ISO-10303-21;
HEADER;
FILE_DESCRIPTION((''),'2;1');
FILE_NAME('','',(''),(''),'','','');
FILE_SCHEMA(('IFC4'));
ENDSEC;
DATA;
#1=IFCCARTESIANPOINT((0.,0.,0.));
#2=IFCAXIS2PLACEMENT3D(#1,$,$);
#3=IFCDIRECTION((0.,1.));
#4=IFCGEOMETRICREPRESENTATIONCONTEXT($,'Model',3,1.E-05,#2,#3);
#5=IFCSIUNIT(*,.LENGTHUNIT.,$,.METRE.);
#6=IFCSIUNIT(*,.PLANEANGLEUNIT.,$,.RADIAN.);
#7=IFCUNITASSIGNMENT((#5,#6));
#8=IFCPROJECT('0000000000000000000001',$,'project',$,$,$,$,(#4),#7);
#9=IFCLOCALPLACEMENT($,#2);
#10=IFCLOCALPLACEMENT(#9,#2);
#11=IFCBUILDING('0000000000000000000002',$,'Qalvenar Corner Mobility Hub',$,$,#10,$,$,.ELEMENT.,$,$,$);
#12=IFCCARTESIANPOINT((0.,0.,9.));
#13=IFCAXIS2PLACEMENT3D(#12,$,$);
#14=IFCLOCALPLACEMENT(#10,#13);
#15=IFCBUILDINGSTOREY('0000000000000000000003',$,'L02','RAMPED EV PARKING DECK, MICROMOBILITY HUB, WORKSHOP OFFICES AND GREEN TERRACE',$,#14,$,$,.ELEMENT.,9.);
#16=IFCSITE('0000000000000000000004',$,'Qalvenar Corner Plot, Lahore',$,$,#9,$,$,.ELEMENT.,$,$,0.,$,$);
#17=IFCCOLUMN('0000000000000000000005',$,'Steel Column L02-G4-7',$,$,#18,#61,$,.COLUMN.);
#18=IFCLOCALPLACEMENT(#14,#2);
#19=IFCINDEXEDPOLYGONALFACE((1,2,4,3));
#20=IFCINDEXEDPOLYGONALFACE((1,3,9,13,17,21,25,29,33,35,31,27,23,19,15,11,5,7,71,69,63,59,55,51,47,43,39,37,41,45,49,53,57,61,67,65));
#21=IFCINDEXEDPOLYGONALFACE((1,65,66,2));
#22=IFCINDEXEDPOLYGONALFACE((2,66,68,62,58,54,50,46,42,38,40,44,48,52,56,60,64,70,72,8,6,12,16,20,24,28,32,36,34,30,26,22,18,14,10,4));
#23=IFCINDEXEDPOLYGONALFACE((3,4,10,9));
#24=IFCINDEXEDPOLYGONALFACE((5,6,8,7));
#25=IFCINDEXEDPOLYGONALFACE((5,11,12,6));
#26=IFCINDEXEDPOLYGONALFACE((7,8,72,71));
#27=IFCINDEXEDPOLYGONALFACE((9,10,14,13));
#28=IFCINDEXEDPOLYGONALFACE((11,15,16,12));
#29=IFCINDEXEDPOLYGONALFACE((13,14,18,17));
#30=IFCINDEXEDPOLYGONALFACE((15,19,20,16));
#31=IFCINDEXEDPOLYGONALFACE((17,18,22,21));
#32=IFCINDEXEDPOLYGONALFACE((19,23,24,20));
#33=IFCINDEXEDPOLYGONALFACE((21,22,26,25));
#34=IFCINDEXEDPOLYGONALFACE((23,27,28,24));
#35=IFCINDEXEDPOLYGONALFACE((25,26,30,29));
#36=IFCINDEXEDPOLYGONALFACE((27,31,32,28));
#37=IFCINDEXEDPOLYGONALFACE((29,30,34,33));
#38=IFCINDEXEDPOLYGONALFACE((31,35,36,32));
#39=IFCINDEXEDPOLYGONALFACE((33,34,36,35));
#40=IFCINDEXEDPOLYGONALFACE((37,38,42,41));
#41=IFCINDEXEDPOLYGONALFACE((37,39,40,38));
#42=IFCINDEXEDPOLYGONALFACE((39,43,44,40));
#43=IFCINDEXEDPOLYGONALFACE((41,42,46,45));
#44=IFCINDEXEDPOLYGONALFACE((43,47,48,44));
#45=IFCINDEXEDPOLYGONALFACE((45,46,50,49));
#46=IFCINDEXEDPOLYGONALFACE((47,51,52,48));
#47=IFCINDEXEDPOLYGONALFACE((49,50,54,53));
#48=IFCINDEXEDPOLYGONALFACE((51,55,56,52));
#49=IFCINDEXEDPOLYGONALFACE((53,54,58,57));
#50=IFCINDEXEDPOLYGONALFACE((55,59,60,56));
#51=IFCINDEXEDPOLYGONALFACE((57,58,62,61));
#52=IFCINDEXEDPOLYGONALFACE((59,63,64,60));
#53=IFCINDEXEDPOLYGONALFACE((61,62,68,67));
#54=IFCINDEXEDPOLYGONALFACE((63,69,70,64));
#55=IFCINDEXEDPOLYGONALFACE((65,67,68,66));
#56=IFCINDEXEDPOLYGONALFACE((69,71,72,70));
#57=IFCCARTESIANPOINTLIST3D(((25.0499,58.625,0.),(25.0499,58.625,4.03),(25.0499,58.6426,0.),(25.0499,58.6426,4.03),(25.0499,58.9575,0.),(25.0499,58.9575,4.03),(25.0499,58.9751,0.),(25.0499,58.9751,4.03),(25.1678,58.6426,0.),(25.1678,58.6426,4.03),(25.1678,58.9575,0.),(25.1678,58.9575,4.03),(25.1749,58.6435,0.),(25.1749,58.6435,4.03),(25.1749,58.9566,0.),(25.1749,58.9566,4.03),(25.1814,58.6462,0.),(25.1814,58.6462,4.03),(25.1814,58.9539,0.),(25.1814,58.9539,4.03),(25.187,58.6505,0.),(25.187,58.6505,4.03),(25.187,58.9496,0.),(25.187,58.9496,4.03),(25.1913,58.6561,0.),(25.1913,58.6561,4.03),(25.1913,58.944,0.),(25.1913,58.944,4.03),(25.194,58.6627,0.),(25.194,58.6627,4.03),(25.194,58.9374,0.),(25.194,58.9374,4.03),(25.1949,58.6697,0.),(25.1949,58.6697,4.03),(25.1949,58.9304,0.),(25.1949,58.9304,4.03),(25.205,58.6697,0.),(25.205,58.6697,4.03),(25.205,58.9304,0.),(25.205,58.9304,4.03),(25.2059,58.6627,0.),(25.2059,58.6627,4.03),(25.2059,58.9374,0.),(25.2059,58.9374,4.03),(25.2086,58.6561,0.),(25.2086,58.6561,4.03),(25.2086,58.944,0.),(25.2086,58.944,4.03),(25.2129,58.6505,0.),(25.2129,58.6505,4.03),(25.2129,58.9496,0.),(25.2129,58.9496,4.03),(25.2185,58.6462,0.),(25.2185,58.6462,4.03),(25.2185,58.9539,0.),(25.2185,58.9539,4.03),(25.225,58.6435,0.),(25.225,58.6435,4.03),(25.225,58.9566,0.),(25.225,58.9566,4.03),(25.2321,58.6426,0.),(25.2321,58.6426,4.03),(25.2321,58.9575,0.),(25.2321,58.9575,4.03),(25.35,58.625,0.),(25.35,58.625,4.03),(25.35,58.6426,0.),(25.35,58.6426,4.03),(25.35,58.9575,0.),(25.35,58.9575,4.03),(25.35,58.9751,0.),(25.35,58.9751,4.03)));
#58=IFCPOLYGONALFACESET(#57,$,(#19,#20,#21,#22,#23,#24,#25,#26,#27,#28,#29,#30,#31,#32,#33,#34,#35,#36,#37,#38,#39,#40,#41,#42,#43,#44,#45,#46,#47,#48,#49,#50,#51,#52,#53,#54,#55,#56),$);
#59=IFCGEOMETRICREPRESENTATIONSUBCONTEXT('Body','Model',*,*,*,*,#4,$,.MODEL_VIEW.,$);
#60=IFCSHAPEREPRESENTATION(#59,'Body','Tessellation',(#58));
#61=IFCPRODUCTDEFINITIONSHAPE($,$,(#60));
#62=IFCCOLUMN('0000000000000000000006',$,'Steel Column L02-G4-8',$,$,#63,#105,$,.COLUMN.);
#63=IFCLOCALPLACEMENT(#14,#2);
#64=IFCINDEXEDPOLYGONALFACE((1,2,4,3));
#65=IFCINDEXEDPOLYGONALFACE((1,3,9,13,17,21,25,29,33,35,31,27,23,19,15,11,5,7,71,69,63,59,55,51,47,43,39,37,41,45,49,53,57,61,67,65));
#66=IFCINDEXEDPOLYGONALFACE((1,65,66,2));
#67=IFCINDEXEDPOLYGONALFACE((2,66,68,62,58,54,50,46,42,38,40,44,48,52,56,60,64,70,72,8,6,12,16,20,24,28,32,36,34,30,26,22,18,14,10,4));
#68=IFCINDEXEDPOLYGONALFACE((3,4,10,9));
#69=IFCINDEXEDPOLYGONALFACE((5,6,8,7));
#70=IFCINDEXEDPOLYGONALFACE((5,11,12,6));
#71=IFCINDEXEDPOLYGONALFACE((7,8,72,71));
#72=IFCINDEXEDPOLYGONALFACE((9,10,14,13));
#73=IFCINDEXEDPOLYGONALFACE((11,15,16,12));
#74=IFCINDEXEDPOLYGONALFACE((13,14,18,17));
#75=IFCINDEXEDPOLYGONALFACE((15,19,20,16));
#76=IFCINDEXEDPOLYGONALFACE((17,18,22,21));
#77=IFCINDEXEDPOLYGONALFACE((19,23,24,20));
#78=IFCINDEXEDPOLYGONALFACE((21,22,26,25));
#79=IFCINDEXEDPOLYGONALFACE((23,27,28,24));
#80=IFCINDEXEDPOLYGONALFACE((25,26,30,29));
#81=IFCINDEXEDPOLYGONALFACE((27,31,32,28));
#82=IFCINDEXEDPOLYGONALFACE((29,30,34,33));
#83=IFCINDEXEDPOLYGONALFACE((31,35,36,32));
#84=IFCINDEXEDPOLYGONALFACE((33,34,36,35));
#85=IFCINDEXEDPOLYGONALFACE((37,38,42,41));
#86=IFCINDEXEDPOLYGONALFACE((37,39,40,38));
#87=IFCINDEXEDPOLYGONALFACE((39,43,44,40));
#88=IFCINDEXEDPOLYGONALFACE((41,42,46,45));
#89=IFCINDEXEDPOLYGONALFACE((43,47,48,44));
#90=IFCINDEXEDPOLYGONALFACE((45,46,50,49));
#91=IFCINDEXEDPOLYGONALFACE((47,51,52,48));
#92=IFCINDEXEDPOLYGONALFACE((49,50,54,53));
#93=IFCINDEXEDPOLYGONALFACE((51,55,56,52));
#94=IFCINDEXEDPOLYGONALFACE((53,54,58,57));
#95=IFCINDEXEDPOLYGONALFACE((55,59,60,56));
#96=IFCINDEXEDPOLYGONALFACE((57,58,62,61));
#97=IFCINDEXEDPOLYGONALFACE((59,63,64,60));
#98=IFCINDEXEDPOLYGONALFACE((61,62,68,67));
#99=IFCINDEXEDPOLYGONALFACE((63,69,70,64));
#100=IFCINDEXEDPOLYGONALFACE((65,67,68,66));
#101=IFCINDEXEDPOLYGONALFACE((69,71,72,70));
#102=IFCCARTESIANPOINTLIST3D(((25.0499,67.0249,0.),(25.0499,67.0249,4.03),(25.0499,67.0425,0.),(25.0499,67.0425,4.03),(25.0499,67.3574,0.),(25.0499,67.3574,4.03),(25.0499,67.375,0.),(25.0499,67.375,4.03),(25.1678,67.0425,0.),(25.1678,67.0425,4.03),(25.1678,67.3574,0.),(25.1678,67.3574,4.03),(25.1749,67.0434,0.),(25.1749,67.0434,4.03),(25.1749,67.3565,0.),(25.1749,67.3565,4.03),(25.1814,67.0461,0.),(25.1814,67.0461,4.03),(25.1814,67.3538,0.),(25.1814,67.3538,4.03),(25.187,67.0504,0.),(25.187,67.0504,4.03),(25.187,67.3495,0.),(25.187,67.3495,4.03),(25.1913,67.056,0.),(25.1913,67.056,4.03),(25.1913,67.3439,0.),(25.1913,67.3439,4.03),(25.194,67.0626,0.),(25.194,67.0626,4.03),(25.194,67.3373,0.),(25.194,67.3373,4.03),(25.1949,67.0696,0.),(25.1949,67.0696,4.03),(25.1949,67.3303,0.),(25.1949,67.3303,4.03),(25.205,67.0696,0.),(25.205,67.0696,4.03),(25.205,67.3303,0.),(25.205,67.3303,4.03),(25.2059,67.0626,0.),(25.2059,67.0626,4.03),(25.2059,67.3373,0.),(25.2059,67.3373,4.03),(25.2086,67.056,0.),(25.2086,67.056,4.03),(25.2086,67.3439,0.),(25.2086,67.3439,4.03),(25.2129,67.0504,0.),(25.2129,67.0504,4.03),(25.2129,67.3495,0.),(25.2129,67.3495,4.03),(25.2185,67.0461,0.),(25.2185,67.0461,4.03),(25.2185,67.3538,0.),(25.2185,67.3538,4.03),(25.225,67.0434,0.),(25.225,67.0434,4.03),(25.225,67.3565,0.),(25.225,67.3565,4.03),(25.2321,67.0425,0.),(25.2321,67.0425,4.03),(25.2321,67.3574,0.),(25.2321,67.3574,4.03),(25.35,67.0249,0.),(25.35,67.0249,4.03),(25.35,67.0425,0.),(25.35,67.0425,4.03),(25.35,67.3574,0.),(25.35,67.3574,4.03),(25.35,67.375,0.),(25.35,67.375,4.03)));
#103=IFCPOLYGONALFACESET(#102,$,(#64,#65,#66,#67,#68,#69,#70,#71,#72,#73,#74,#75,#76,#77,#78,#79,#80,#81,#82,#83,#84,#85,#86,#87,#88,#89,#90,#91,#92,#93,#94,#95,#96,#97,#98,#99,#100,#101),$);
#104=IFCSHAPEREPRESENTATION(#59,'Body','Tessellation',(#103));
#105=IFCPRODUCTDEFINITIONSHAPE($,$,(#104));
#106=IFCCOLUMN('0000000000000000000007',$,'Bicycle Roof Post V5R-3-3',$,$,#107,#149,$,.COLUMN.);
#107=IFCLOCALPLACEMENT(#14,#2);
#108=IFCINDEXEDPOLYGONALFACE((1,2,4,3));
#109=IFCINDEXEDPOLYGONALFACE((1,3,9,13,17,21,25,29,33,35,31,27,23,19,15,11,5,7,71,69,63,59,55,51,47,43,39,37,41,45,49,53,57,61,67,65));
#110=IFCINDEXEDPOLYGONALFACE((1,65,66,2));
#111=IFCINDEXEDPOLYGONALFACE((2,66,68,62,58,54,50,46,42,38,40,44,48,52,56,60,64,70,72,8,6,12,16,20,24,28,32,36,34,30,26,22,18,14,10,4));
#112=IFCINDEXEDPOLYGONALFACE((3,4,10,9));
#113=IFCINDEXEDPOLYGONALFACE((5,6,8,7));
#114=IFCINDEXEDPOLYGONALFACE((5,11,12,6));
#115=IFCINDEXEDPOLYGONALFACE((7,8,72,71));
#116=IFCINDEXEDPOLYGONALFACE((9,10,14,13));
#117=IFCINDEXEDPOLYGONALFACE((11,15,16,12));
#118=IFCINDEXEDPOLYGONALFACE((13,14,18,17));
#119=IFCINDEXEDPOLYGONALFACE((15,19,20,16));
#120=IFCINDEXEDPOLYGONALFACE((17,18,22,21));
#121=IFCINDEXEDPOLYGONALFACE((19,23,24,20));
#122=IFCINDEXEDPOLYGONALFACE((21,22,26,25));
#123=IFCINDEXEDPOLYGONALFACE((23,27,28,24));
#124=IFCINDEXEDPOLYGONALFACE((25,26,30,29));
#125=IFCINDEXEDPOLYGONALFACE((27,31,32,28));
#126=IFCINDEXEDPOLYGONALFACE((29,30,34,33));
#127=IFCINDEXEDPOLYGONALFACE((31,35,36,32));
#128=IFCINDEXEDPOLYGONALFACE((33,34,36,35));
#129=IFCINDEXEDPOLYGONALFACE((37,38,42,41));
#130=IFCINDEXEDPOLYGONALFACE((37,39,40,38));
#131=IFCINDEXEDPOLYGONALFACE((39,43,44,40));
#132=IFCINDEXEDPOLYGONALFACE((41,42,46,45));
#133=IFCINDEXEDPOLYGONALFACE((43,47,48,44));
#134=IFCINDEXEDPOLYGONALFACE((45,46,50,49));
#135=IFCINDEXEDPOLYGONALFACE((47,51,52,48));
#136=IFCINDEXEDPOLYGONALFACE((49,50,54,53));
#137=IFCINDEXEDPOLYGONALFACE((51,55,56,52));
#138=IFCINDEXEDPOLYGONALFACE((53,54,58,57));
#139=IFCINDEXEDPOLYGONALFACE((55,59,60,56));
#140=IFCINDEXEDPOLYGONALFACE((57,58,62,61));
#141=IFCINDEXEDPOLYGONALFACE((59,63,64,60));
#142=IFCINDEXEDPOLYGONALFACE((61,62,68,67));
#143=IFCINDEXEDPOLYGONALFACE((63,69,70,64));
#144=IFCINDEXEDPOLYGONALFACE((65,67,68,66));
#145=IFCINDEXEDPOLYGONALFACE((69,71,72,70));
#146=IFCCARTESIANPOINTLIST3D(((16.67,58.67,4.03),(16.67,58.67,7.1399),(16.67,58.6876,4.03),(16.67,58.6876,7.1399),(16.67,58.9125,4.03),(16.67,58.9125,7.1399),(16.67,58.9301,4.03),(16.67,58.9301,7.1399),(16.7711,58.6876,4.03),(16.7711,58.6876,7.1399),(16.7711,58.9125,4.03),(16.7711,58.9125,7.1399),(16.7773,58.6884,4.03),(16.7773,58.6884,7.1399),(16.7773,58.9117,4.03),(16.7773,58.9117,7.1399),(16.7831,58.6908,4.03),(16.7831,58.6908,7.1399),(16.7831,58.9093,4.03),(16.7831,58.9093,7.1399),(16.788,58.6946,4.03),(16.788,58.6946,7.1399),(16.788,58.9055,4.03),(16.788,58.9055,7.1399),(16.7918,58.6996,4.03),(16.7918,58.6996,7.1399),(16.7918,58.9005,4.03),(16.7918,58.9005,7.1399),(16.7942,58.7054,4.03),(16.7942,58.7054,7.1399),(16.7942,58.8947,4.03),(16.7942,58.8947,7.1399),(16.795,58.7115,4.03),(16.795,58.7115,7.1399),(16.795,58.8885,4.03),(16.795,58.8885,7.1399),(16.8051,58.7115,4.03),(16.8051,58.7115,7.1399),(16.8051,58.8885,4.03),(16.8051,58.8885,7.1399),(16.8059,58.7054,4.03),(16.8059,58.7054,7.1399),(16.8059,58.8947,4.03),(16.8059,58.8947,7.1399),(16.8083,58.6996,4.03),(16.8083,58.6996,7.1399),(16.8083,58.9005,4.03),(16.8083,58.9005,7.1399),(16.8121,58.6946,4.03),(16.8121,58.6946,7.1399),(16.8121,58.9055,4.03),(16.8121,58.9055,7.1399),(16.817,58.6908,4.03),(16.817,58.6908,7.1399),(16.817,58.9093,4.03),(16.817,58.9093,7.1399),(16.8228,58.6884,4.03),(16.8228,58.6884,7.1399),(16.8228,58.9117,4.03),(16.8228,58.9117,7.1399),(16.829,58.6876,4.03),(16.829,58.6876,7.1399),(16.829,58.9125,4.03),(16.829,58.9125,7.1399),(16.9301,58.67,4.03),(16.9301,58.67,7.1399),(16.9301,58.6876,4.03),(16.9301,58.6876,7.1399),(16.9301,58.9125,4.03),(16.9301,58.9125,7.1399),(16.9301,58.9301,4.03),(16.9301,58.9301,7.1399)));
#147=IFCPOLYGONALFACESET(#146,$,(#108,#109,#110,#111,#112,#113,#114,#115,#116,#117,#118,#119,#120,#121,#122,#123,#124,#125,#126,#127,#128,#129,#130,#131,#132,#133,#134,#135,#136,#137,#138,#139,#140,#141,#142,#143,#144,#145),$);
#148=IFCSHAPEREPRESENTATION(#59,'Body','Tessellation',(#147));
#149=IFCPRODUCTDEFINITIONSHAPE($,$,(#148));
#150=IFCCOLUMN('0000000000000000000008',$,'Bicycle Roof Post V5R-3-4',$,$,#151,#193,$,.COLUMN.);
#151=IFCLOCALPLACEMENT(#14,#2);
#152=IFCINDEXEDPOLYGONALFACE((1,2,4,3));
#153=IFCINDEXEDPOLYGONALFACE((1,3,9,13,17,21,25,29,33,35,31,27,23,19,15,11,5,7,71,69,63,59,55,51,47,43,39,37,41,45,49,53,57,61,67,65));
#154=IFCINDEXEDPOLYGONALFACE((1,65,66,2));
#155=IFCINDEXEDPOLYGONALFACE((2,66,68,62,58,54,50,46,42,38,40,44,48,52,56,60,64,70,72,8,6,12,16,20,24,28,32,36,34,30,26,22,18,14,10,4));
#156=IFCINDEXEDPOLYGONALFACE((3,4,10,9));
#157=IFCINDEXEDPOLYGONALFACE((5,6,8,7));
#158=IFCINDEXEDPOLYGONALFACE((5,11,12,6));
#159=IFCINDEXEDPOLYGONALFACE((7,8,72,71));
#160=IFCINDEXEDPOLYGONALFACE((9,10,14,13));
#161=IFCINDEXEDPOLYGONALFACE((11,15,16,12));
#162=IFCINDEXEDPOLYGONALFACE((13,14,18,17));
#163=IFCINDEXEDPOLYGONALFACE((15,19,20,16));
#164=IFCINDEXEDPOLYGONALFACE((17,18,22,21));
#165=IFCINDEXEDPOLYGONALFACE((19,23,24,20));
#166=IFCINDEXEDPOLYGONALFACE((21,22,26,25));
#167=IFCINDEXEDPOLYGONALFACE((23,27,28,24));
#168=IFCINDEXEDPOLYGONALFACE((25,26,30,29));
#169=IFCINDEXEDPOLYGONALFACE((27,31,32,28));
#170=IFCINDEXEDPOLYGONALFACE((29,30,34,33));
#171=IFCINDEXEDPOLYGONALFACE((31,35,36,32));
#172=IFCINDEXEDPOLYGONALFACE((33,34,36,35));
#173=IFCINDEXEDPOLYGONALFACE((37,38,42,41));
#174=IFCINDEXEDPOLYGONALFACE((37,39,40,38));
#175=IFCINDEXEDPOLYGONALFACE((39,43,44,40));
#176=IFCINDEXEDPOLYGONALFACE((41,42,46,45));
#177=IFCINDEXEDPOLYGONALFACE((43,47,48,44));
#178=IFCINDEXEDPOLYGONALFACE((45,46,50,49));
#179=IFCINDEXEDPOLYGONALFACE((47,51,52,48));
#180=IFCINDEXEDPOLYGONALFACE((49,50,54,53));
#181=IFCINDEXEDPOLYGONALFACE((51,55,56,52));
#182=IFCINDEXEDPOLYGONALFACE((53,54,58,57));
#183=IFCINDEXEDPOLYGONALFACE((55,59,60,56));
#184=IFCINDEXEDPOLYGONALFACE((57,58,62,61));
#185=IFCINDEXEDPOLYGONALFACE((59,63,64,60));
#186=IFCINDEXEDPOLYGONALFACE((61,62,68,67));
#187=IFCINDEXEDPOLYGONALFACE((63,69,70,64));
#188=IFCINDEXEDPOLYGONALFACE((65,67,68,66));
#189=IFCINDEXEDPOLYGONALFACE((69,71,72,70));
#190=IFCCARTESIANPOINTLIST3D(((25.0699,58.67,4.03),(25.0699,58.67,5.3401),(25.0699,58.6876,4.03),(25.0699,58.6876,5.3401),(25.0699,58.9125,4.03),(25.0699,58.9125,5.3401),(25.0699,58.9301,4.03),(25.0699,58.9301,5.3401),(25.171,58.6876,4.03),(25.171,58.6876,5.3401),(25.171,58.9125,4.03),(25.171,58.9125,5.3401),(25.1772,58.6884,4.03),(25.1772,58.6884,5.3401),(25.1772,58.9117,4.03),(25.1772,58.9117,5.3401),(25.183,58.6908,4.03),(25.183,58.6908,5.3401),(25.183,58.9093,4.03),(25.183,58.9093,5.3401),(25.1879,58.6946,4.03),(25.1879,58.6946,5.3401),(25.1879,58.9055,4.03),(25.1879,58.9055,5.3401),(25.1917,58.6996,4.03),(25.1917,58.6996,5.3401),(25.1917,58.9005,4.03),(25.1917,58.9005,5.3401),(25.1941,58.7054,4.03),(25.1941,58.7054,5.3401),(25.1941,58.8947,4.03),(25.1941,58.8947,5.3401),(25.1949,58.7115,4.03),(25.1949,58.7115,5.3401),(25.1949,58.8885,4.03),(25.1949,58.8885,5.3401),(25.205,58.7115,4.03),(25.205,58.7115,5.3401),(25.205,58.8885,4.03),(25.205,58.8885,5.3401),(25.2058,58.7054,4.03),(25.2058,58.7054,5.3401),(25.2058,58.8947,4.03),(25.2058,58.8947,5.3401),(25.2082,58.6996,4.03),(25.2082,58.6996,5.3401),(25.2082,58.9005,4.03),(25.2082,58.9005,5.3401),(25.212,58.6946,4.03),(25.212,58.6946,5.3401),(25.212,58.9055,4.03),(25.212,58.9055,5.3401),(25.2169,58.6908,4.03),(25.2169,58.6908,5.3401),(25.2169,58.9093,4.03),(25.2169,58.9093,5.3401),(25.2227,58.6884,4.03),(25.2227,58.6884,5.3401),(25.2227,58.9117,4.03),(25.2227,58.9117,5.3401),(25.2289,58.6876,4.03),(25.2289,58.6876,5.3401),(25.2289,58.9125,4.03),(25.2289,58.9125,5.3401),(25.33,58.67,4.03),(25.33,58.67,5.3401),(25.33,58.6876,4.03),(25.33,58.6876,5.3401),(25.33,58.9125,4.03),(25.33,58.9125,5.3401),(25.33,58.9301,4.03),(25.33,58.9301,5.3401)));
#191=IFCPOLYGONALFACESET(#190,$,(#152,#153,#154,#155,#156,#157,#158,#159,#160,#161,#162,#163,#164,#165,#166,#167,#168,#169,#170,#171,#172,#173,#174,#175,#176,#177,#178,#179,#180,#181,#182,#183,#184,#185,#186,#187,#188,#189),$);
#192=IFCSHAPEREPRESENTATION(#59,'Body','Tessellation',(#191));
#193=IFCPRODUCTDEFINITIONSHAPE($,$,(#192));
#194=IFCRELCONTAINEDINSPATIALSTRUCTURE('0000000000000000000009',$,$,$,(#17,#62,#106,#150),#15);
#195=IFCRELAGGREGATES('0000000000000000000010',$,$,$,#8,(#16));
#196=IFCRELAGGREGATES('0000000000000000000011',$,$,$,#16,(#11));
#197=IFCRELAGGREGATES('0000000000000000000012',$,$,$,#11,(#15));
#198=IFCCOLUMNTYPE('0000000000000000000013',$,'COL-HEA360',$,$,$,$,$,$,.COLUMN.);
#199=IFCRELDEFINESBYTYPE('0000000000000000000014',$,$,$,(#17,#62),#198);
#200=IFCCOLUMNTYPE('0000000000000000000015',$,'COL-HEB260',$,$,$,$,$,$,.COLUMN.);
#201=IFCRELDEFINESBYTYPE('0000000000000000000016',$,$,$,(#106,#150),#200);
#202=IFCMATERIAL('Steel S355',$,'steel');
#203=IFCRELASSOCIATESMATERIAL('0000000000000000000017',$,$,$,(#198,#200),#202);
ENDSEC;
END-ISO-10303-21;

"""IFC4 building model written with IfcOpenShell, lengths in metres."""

from ifc_helpers import new_model, si_unit, direction, frame, origin, origin_2d, place, context, subcontext, project, spatial, i_section, extrude, material, material_profile, profile_set, type_object, element, save


model = new_model("IFC4")

# Units and contexts
model_context = context("Model", 3, precision=1e-05, world=origin(), true_north=direction((0.0, 1.0)))
body_context = subcontext(model_context, "Body", "Model", "MODEL_VIEW")
ifc_project = project(units=[si_unit("LENGTHUNIT", "METRE"), si_unit("PLANEANGLEUNIT", "RADIAN")], contexts=[model_context])

# Site, building, storey
site_placement = place(None, origin())
site = spatial("IfcSite", under=ifc_project, at=site_placement, Name="Qalvenar Corner Plot, Lahore", CompositionType="ELEMENT", RefElevation=0.0)
building_placement = place(site_placement, origin())
building = spatial("IfcBuilding", under=site, at=building_placement, Name="Qalvenar Corner Mobility Hub", CompositionType="ELEMENT")
storey_placement = place(building_placement, frame((0.0, 0.0, 9.0)))
storey = spatial("IfcBuildingStorey", under=building, at=storey_placement, Name="L02", Description="RAMPED EV PARKING DECK, MICROMOBILITY HUB, WORKSHOP OFFICES AND GREEN TERRACE", CompositionType="ELEMENT", Elevation=9.0)

# Columns
ifc_material_1 = material(Name="Steel S355", Category="steel")
ifc_material_profile_1 = material_profile(ifc_material_1, i_section(OverallWidth=0.3, OverallDepth=0.3501, WebThickness=0.01, FlangeThickness=0.0176, FilletRadius=0.0271, at=origin_2d()), Name="HEA360")
ifc_profile_set_1 = profile_set([ifc_material_profile_1], Name="Steel S355")
column_type_1 = type_object("IfcColumnType", Name="COL-HEA360", PredefinedType="COLUMN", material=ifc_profile_set_1)
for number, where, z_axis, x_axis, name in (
    (1, (25.2, 58.8, 0.0), (0.0, 0.0, 1.0), (1.0, 0.0, 0.0), "Steel Column L02-G4-7"),
    (2, (25.2, 67.2, 0.0), (0.0, 0.0, 1.0), (1.0, 0.0, 0.0), "Steel Column L02-G4-8"),
):
    element("IfcColumn", number, at=place(storey_placement, frame(where, z_axis=z_axis, x_axis=x_axis)), inside=storey, type_object=column_type_1, Name=name, PredefinedType="COLUMN", context=body_context, shape_type="SweptSolid", body=[
        extrude(i_section(OverallWidth=0.3, OverallDepth=0.3501, WebThickness=0.01, FlangeThickness=0.0176, FilletRadius=0.0271, at=origin_2d()), origin(), (0.0, 0.0, 1.0), 4.03),
    ])
ifc_material_profile_2 = material_profile(ifc_material_1, i_section(OverallWidth=0.26, OverallDepth=0.26, WebThickness=0.01, FlangeThickness=0.0176, FilletRadius=0.0239, at=origin_2d()), Name="HEB260")
ifc_profile_set_2 = profile_set([ifc_material_profile_2], Name="Steel S355")
column_type_2 = type_object("IfcColumnType", Name="COL-HEB260", PredefinedType="COLUMN", material=ifc_profile_set_2)
column_1_placement = place(storey_placement, frame((16.8, 58.8, 4.03), z_axis=(0.0, 0.0, 1.0), x_axis=(1.0, 0.0, 0.0)))
element("IfcColumn", 3, at=column_1_placement, inside=storey, type_object=column_type_2, Name="Bicycle Roof Post V5R-3-3", PredefinedType="COLUMN", context=body_context, shape_type="SweptSolid", body=[
    extrude(i_section(OverallWidth=0.26, OverallDepth=0.26, WebThickness=0.01, FlangeThickness=0.0176, FilletRadius=0.0239, at=origin_2d()), origin(), (0.0, 0.0, 1.0), 3.1099),
])
column_2_placement = place(storey_placement, frame((25.2, 58.8, 4.03), z_axis=(0.0, 0.0, 1.0), x_axis=(1.0, 0.0, 0.0)))
element("IfcColumn", 4, at=column_2_placement, inside=storey, type_object=column_type_2, Name="Bicycle Roof Post V5R-3-4", PredefinedType="COLUMN", context=body_context, shape_type="SweptSolid", body=[
    extrude(i_section(OverallWidth=0.26, OverallDepth=0.26, WebThickness=0.01, FlangeThickness=0.0176, FilletRadius=0.0239, at=origin_2d()), origin(), (0.0, 0.0, 1.0), 1.3101),
])

save(model, "model.ifc")
